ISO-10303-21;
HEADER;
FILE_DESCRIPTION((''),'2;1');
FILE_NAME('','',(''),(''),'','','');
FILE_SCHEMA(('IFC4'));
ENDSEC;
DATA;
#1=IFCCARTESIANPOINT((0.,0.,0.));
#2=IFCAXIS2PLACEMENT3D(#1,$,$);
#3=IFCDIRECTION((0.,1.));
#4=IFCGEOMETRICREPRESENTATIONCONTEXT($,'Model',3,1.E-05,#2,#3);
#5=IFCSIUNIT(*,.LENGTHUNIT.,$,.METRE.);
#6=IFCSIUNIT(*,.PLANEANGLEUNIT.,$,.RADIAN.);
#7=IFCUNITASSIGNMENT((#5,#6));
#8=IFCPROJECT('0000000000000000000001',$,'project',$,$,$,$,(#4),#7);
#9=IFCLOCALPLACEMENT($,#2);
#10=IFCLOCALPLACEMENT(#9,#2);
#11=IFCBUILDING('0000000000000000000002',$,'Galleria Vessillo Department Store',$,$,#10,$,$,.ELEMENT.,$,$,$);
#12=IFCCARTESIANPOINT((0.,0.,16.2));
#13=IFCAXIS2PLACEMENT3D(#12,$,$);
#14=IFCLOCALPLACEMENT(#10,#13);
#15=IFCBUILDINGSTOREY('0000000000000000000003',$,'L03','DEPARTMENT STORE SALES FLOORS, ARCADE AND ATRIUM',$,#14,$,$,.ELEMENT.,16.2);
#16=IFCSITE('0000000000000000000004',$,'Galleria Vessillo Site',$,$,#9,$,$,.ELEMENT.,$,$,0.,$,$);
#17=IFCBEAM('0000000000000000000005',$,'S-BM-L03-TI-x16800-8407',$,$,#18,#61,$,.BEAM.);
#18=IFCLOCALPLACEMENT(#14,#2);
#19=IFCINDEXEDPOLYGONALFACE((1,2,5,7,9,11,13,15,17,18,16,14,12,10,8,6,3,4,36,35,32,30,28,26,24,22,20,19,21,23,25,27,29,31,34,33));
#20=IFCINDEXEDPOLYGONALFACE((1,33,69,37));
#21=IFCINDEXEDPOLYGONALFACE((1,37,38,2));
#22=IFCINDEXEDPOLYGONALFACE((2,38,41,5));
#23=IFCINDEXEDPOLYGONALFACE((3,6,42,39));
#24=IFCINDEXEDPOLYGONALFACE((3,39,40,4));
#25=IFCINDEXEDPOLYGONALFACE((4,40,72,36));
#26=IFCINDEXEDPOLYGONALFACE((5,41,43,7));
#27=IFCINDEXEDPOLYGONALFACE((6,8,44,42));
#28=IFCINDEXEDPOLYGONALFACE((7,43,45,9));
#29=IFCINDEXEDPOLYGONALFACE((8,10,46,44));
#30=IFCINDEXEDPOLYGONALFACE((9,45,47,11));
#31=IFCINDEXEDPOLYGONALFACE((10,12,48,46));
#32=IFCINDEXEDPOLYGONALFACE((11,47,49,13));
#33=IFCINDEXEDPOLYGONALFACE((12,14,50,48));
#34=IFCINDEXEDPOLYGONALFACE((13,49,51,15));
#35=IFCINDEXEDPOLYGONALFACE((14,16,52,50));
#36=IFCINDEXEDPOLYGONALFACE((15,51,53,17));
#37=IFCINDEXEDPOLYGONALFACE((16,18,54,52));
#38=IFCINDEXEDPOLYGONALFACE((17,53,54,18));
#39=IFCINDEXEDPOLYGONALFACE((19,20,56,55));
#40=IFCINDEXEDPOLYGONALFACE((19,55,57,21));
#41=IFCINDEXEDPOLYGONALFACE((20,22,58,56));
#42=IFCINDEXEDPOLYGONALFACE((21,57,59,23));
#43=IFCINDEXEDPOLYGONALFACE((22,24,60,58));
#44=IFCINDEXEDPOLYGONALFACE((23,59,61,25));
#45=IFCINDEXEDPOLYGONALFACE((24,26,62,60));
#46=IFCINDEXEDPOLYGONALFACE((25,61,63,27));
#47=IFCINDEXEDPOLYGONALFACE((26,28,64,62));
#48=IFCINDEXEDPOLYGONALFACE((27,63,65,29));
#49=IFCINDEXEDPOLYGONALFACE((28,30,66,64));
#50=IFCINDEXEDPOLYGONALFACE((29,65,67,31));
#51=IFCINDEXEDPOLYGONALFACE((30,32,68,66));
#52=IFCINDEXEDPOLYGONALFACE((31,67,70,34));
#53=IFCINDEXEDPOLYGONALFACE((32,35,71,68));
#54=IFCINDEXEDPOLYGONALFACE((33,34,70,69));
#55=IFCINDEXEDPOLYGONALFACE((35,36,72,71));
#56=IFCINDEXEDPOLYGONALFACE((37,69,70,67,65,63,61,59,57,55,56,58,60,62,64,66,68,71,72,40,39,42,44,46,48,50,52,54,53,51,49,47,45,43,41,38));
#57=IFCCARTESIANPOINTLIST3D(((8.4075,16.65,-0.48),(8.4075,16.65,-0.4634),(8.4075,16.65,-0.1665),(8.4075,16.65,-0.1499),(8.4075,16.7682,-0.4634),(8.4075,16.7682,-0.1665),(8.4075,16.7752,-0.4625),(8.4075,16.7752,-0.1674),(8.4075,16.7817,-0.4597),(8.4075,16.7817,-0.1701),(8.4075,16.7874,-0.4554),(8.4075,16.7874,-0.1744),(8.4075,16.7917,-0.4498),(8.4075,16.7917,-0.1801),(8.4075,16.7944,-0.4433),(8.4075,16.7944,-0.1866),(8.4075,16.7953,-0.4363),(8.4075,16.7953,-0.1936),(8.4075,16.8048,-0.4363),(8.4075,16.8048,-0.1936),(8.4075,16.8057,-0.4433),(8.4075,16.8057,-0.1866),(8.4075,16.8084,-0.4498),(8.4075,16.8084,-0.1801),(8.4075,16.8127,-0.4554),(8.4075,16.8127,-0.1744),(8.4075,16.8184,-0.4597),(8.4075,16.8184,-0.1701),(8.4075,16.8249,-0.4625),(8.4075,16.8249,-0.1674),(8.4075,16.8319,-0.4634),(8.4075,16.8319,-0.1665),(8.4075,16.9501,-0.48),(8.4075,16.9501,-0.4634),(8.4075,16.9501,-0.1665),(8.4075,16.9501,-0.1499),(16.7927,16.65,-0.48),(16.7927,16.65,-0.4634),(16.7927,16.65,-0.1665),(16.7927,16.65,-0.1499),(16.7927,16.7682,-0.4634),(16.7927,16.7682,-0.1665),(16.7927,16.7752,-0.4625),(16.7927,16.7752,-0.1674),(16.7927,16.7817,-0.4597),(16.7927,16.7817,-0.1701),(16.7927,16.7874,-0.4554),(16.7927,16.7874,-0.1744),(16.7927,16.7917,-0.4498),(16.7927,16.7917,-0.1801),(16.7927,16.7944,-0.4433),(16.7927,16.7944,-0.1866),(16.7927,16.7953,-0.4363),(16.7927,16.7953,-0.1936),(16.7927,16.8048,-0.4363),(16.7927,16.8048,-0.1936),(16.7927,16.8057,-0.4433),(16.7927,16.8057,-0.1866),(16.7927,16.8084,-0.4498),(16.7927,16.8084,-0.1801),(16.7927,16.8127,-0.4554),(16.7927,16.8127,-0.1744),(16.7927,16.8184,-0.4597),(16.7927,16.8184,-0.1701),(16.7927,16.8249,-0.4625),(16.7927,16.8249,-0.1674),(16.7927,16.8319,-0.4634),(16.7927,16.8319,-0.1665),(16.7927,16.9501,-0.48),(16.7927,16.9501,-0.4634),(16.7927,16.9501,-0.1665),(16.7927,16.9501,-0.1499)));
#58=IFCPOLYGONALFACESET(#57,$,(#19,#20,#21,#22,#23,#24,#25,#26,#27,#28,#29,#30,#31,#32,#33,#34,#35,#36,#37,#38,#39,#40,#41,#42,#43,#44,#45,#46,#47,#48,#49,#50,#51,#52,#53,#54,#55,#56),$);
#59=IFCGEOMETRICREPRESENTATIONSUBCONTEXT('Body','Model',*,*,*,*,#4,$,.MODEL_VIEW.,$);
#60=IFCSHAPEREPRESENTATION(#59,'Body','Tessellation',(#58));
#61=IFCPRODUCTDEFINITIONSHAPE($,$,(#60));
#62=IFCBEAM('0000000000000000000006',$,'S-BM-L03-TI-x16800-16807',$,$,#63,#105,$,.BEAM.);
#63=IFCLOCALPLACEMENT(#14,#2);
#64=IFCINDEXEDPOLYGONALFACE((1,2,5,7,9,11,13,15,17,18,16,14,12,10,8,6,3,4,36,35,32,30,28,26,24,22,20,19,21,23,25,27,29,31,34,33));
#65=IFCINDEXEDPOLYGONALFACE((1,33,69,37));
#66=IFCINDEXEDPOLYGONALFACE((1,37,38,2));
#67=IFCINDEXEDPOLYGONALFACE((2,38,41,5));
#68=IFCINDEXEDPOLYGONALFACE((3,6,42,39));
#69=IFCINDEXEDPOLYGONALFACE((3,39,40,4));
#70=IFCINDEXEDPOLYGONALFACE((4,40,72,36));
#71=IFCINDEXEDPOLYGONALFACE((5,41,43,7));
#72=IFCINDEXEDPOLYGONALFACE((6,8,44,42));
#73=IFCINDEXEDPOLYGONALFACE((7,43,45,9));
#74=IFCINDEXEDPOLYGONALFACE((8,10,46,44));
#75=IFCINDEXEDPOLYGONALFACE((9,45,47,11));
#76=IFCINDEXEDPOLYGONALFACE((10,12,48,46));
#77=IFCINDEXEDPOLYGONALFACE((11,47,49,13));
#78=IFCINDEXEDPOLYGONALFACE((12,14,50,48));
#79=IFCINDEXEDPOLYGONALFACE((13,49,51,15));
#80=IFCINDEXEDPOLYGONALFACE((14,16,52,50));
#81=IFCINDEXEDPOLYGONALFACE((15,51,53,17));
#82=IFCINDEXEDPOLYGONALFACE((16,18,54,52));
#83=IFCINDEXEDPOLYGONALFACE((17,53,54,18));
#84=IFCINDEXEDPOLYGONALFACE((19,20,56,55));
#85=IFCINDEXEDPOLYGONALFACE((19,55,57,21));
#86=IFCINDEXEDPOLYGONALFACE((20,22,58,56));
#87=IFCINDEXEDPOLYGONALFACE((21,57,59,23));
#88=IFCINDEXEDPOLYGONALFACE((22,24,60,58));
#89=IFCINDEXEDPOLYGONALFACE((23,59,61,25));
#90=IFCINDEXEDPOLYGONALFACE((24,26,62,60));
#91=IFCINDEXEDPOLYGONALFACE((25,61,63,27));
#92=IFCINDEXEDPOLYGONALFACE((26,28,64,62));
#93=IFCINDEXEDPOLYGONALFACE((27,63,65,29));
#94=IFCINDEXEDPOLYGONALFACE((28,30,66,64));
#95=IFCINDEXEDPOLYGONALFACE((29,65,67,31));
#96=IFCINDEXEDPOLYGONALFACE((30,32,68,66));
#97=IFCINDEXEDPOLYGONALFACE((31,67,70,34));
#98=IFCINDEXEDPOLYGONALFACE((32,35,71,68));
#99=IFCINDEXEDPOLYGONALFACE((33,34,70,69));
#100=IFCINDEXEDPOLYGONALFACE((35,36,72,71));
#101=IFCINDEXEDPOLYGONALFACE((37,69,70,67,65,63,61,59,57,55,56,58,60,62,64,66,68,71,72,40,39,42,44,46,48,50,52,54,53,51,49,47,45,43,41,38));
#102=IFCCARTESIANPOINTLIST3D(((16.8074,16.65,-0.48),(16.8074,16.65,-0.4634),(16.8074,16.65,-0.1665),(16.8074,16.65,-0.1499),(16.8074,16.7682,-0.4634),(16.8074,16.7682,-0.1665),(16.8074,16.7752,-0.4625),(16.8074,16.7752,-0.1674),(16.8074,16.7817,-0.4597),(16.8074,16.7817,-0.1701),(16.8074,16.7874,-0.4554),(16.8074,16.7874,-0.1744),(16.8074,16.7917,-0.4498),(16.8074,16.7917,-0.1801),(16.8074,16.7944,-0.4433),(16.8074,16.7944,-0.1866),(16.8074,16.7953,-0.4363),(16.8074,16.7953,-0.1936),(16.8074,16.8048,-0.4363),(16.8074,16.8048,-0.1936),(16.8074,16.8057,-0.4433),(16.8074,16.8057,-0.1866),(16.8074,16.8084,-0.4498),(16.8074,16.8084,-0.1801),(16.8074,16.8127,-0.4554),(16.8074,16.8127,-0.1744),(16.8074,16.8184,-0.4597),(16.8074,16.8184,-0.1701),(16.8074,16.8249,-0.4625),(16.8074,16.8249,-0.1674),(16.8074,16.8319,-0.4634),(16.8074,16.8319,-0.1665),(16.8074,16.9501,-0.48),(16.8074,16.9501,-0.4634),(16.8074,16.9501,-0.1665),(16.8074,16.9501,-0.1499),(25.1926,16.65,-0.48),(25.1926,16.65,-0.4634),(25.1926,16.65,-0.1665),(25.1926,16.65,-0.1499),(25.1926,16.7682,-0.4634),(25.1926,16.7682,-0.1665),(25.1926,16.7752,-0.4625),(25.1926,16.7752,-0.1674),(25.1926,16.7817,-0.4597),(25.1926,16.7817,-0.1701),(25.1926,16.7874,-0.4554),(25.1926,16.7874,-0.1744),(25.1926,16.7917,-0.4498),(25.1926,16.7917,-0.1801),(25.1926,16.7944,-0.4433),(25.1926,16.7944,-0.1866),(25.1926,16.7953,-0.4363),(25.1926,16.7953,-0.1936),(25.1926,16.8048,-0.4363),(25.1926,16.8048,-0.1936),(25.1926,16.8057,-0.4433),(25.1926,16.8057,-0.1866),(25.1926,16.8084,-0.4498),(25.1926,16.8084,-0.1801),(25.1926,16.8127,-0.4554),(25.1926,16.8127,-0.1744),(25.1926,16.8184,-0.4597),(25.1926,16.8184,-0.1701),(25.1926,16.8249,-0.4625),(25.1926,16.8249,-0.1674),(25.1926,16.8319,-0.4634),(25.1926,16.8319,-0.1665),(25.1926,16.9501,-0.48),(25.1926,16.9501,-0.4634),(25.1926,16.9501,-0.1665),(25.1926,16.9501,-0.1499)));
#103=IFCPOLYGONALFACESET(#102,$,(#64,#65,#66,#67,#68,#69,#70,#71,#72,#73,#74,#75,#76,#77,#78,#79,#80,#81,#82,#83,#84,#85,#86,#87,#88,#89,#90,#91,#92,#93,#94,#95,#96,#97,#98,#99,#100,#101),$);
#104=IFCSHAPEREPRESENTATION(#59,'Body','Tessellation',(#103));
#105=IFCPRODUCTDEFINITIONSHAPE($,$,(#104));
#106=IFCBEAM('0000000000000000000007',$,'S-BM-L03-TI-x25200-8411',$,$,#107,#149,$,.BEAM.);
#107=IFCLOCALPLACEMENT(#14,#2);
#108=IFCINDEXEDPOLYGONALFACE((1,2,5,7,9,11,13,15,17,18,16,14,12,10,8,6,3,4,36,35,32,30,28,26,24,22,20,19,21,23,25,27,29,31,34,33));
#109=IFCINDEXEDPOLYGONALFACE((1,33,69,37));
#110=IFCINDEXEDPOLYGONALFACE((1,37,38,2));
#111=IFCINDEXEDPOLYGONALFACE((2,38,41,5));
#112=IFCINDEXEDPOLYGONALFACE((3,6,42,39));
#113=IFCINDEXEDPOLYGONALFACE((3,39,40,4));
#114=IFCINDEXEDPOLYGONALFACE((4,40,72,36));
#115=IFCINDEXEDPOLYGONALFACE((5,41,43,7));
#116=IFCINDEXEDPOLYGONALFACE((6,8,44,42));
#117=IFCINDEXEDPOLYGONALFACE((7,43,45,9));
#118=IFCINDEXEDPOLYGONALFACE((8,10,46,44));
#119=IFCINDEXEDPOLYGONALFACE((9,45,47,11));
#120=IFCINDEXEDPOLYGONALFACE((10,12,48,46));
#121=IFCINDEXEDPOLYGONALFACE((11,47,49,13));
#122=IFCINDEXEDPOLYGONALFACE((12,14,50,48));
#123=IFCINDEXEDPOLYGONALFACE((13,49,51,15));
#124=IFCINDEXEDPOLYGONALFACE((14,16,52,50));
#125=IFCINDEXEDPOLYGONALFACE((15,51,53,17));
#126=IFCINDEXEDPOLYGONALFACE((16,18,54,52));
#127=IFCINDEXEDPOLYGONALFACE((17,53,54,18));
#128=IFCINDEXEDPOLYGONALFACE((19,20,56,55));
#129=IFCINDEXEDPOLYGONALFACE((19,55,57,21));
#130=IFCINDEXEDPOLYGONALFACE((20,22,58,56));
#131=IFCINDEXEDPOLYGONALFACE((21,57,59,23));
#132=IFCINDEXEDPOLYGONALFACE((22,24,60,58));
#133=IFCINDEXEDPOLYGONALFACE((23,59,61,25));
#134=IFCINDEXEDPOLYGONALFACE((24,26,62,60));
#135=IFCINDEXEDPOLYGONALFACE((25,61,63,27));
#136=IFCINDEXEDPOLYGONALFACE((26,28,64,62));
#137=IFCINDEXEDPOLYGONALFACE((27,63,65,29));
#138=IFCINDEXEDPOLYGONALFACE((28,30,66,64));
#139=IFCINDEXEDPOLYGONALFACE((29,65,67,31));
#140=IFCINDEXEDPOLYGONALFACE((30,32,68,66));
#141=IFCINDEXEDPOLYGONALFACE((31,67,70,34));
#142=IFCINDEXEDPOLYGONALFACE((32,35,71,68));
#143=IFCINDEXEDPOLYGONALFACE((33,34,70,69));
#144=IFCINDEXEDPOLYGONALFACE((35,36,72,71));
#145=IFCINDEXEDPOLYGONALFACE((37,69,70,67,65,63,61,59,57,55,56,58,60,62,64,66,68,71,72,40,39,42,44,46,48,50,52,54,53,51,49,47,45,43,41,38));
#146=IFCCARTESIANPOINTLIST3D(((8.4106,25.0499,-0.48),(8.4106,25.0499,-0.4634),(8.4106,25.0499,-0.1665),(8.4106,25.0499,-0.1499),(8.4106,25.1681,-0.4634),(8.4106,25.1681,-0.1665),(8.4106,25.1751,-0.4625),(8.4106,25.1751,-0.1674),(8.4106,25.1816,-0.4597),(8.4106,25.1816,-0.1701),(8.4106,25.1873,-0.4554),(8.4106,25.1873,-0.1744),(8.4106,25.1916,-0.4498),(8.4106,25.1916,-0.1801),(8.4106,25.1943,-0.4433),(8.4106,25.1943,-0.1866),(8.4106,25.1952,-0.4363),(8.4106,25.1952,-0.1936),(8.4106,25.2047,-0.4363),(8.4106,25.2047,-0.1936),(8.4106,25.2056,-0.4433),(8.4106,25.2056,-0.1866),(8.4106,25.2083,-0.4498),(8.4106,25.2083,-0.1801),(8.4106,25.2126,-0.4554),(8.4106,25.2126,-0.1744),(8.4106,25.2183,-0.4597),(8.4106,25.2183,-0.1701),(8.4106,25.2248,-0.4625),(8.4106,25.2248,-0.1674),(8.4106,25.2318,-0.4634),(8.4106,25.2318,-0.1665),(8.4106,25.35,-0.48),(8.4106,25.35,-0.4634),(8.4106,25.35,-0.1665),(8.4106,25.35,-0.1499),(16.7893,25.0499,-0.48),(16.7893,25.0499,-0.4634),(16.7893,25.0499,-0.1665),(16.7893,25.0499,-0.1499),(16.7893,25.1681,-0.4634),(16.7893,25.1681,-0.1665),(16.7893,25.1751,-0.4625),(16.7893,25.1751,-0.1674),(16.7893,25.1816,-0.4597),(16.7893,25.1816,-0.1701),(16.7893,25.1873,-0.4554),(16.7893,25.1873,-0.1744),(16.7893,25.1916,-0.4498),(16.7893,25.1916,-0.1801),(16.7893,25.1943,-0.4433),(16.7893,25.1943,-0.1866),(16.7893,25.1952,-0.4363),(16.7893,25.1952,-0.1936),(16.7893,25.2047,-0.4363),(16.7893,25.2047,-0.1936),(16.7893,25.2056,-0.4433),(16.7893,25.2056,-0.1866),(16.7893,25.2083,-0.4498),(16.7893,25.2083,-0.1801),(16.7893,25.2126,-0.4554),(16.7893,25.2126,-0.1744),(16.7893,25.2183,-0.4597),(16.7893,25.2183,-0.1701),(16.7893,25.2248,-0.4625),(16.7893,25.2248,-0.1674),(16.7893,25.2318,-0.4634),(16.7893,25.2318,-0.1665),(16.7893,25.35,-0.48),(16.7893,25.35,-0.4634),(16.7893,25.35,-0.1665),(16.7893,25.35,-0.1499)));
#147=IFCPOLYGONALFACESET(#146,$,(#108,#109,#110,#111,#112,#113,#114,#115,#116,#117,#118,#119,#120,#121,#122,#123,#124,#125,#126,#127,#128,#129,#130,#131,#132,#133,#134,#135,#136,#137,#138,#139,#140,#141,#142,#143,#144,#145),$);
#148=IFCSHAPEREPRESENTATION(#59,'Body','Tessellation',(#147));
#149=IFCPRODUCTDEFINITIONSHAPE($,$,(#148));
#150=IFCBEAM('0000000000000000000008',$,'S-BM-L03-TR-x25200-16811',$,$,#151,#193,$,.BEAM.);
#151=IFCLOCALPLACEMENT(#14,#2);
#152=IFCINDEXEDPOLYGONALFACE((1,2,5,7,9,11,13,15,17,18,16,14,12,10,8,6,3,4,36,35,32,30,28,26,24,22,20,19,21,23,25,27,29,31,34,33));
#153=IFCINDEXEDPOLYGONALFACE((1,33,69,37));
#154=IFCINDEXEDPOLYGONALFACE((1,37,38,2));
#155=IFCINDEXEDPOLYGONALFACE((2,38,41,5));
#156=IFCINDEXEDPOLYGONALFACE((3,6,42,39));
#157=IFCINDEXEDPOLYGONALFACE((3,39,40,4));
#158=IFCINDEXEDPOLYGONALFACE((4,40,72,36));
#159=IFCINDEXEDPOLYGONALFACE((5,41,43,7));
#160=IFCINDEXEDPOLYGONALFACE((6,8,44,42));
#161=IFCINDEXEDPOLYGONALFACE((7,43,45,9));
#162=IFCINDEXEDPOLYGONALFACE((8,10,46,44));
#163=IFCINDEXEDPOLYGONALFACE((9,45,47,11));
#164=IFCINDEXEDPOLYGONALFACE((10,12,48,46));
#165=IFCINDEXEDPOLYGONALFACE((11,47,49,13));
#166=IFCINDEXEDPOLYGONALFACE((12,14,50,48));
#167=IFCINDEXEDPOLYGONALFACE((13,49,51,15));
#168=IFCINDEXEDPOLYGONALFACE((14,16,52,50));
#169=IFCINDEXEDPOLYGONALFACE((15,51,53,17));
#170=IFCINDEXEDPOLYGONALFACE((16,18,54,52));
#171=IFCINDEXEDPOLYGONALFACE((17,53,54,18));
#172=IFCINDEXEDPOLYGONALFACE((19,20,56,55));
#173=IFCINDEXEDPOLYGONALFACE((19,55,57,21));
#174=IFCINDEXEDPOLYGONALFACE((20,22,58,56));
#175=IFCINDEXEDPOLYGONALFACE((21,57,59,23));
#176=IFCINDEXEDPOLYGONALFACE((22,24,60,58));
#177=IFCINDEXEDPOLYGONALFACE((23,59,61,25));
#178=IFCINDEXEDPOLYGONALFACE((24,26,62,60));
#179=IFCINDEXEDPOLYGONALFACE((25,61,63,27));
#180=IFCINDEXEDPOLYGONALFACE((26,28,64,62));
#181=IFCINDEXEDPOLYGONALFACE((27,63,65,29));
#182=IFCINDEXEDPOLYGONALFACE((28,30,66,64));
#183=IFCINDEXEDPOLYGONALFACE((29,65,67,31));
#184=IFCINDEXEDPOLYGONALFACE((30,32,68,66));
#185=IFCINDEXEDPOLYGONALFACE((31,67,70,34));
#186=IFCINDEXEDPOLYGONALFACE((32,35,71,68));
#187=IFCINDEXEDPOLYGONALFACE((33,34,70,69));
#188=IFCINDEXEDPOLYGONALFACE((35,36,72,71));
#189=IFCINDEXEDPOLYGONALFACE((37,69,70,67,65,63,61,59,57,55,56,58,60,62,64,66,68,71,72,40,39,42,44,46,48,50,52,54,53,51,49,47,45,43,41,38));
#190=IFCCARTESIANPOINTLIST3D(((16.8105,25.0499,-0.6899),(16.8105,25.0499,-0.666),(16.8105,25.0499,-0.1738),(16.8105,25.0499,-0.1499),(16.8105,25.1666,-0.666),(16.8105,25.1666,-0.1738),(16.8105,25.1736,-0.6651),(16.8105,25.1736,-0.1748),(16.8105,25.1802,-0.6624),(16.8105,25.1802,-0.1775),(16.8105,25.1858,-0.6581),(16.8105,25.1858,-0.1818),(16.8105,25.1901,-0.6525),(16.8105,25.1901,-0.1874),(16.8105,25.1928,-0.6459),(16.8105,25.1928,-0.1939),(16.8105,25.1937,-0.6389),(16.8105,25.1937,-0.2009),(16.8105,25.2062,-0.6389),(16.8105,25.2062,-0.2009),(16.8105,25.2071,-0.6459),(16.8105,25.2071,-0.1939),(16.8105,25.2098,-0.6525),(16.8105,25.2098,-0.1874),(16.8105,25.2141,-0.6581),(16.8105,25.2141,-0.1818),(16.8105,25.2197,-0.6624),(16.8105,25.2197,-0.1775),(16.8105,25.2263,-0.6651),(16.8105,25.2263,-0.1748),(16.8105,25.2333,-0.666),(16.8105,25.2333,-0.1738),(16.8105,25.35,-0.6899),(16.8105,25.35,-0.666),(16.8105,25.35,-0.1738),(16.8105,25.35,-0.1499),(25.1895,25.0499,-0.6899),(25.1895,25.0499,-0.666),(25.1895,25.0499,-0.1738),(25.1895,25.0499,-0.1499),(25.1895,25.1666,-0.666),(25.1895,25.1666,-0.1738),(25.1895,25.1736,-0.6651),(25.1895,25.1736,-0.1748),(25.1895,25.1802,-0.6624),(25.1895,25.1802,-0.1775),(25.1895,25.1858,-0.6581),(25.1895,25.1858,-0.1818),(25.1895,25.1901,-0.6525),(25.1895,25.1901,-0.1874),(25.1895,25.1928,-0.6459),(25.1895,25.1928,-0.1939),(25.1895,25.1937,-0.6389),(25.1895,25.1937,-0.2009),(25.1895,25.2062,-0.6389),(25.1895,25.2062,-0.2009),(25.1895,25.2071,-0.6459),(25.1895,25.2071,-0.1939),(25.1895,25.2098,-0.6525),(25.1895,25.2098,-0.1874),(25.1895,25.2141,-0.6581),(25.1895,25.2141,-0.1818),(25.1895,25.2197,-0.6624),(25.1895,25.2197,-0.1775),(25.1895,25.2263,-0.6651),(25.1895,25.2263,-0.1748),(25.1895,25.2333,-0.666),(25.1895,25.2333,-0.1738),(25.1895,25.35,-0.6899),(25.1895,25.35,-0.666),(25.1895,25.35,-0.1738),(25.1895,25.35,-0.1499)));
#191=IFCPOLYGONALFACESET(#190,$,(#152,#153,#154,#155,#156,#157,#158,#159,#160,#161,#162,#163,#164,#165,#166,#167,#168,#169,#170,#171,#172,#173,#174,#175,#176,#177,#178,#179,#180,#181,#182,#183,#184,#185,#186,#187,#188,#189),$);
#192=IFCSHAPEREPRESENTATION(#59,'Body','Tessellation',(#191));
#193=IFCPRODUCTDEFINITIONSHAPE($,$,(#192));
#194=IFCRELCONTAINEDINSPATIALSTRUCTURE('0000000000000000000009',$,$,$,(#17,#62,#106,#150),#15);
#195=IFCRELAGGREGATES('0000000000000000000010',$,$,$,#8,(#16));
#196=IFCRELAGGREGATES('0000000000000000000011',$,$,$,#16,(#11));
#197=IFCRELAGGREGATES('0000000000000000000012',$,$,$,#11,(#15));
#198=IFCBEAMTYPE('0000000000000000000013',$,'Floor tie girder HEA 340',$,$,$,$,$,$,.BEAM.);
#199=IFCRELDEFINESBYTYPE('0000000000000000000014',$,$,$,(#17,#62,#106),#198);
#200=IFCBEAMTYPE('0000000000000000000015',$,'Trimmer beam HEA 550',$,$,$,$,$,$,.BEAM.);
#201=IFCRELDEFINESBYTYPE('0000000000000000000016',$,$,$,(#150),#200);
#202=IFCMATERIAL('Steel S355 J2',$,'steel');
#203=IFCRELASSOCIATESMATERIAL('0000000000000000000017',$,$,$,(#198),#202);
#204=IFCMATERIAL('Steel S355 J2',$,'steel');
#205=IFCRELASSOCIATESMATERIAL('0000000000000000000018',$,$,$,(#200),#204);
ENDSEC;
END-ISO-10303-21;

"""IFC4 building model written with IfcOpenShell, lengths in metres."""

from ifc_helpers import new_model, si_unit, direction, frame, origin, origin_2d, place, context, subcontext, project, spatial, i_section, extrude, material, material_profile, profile_set, type_object, element, save


model = new_model("IFC4")

# Units and contexts
model_context = context("Model", 3, precision=1e-05, world=origin(), true_north=direction((0.0, 1.0)))
body_context = subcontext(model_context, "Body", "Model", "MODEL_VIEW")
ifc_project = project(units=[si_unit("LENGTHUNIT", "METRE"), si_unit("PLANEANGLEUNIT", "RADIAN")], contexts=[model_context])

# Site, building, storey
site_placement = place(None, origin())
site = spatial("IfcSite", under=ifc_project, at=site_placement, Name="Galleria Vessillo Site", CompositionType="ELEMENT", RefElevation=0.0)
building_placement = place(site_placement, origin())
building = spatial("IfcBuilding", under=site, at=building_placement, Name="Galleria Vessillo Department Store", CompositionType="ELEMENT")
storey_placement = place(building_placement, frame((0.0, 0.0, 16.2)))
storey = spatial("IfcBuildingStorey", under=building, at=storey_placement, Name="L03", Description="DEPARTMENT STORE SALES FLOORS, ARCADE AND ATRIUM", CompositionType="ELEMENT", Elevation=16.2)

# Beams
ifc_material_1 = material(Name="Steel S355 J2", Category="steel")
ifc_material_profile_1 = material_profile(ifc_material_1, i_section(OverallWidth=0.3, OverallDepth=0.3301, WebThickness=0.0095, FlangeThickness=0.0166, FilletRadius=0.0271, at=origin_2d()), Name="HEA 340")
ifc_profile_set_1 = profile_set([ifc_material_profile_1], Name="Steel S355 J2")
beam_type_1 = type_object("IfcBeamType", Name="Floor tie girder HEA 340", PredefinedType="BEAM", material=ifc_profile_set_1)
for number, where, z_axis, x_axis, name in (
    (1, (8.4075, 16.8, -0.3149), (1.0, 0.0, 0.0), (0.0, 1.0, 0.0), "S-BM-L03-TI-x16800-8407"),
    (2, (16.8074, 16.8, -0.3149), (1.0, 0.0, 0.0), (0.0, 1.0, 0.0), "S-BM-L03-TI-x16800-16807"),
):
    element("IfcBeam", number, at=place(storey_placement, frame(where, z_axis=z_axis, x_axis=x_axis)), inside=storey, type_object=beam_type_1, Name=name, PredefinedType="BEAM", context=body_context, shape_type="SweptSolid", body=[
        extrude(i_section(OverallWidth=0.3, OverallDepth=0.3301, WebThickness=0.0095, FlangeThickness=0.0166, FilletRadius=0.0271, at=origin_2d()), origin(), (0.0, 0.0, 1.0), 8.3853),
    ])
beam_1_placement = place(storey_placement, frame((8.4106, 25.2, -0.3149), z_axis=(1.0, 0.0, 0.0), x_axis=(0.0, 1.0, 0.0)))
element("IfcBeam", 3, at=beam_1_placement, inside=storey, type_object=beam_type_1, Name="S-BM-L03-TI-x25200-8411", PredefinedType="BEAM", context=body_context, shape_type="SweptSolid", body=[
    extrude(i_section(OverallWidth=0.3, OverallDepth=0.3301, WebThickness=0.0095, FlangeThickness=0.0166, FilletRadius=0.0271, at=origin_2d()), origin(), (0.0, 0.0, 1.0), 8.3787),
])
ifc_material_2 = material(Name="Steel S355 J2", Category="steel")
ifc_material_profile_2 = material_profile(ifc_material_2, i_section(OverallWidth=0.3, OverallDepth=0.54, WebThickness=0.0125, FlangeThickness=0.0239, FilletRadius=0.0271, at=origin_2d()), Name="HEA 550")
ifc_profile_set_2 = profile_set([ifc_material_profile_2], Name="Steel S355 J2")
beam_type_2 = type_object("IfcBeamType", Name="Trimmer beam HEA 550", PredefinedType="BEAM", material=ifc_profile_set_2)
beam_2_placement = place(storey_placement, frame((16.8105, 25.2, -0.4199), z_axis=(1.0, 0.0, 0.0), x_axis=(0.0, 1.0, 0.0)))
element("IfcBeam", 4, at=beam_2_placement, inside=storey, type_object=beam_type_2, Name="S-BM-L03-TR-x25200-16811", PredefinedType="BEAM", context=body_context, shape_type="SweptSolid", body=[
    extrude(i_section(OverallWidth=0.3, OverallDepth=0.54, WebThickness=0.0125, FlangeThickness=0.0239, FilletRadius=0.0271, at=origin_2d()), origin(), (0.0, 0.0, 1.0), 8.3789),
])

save(model, "model.ifc")
